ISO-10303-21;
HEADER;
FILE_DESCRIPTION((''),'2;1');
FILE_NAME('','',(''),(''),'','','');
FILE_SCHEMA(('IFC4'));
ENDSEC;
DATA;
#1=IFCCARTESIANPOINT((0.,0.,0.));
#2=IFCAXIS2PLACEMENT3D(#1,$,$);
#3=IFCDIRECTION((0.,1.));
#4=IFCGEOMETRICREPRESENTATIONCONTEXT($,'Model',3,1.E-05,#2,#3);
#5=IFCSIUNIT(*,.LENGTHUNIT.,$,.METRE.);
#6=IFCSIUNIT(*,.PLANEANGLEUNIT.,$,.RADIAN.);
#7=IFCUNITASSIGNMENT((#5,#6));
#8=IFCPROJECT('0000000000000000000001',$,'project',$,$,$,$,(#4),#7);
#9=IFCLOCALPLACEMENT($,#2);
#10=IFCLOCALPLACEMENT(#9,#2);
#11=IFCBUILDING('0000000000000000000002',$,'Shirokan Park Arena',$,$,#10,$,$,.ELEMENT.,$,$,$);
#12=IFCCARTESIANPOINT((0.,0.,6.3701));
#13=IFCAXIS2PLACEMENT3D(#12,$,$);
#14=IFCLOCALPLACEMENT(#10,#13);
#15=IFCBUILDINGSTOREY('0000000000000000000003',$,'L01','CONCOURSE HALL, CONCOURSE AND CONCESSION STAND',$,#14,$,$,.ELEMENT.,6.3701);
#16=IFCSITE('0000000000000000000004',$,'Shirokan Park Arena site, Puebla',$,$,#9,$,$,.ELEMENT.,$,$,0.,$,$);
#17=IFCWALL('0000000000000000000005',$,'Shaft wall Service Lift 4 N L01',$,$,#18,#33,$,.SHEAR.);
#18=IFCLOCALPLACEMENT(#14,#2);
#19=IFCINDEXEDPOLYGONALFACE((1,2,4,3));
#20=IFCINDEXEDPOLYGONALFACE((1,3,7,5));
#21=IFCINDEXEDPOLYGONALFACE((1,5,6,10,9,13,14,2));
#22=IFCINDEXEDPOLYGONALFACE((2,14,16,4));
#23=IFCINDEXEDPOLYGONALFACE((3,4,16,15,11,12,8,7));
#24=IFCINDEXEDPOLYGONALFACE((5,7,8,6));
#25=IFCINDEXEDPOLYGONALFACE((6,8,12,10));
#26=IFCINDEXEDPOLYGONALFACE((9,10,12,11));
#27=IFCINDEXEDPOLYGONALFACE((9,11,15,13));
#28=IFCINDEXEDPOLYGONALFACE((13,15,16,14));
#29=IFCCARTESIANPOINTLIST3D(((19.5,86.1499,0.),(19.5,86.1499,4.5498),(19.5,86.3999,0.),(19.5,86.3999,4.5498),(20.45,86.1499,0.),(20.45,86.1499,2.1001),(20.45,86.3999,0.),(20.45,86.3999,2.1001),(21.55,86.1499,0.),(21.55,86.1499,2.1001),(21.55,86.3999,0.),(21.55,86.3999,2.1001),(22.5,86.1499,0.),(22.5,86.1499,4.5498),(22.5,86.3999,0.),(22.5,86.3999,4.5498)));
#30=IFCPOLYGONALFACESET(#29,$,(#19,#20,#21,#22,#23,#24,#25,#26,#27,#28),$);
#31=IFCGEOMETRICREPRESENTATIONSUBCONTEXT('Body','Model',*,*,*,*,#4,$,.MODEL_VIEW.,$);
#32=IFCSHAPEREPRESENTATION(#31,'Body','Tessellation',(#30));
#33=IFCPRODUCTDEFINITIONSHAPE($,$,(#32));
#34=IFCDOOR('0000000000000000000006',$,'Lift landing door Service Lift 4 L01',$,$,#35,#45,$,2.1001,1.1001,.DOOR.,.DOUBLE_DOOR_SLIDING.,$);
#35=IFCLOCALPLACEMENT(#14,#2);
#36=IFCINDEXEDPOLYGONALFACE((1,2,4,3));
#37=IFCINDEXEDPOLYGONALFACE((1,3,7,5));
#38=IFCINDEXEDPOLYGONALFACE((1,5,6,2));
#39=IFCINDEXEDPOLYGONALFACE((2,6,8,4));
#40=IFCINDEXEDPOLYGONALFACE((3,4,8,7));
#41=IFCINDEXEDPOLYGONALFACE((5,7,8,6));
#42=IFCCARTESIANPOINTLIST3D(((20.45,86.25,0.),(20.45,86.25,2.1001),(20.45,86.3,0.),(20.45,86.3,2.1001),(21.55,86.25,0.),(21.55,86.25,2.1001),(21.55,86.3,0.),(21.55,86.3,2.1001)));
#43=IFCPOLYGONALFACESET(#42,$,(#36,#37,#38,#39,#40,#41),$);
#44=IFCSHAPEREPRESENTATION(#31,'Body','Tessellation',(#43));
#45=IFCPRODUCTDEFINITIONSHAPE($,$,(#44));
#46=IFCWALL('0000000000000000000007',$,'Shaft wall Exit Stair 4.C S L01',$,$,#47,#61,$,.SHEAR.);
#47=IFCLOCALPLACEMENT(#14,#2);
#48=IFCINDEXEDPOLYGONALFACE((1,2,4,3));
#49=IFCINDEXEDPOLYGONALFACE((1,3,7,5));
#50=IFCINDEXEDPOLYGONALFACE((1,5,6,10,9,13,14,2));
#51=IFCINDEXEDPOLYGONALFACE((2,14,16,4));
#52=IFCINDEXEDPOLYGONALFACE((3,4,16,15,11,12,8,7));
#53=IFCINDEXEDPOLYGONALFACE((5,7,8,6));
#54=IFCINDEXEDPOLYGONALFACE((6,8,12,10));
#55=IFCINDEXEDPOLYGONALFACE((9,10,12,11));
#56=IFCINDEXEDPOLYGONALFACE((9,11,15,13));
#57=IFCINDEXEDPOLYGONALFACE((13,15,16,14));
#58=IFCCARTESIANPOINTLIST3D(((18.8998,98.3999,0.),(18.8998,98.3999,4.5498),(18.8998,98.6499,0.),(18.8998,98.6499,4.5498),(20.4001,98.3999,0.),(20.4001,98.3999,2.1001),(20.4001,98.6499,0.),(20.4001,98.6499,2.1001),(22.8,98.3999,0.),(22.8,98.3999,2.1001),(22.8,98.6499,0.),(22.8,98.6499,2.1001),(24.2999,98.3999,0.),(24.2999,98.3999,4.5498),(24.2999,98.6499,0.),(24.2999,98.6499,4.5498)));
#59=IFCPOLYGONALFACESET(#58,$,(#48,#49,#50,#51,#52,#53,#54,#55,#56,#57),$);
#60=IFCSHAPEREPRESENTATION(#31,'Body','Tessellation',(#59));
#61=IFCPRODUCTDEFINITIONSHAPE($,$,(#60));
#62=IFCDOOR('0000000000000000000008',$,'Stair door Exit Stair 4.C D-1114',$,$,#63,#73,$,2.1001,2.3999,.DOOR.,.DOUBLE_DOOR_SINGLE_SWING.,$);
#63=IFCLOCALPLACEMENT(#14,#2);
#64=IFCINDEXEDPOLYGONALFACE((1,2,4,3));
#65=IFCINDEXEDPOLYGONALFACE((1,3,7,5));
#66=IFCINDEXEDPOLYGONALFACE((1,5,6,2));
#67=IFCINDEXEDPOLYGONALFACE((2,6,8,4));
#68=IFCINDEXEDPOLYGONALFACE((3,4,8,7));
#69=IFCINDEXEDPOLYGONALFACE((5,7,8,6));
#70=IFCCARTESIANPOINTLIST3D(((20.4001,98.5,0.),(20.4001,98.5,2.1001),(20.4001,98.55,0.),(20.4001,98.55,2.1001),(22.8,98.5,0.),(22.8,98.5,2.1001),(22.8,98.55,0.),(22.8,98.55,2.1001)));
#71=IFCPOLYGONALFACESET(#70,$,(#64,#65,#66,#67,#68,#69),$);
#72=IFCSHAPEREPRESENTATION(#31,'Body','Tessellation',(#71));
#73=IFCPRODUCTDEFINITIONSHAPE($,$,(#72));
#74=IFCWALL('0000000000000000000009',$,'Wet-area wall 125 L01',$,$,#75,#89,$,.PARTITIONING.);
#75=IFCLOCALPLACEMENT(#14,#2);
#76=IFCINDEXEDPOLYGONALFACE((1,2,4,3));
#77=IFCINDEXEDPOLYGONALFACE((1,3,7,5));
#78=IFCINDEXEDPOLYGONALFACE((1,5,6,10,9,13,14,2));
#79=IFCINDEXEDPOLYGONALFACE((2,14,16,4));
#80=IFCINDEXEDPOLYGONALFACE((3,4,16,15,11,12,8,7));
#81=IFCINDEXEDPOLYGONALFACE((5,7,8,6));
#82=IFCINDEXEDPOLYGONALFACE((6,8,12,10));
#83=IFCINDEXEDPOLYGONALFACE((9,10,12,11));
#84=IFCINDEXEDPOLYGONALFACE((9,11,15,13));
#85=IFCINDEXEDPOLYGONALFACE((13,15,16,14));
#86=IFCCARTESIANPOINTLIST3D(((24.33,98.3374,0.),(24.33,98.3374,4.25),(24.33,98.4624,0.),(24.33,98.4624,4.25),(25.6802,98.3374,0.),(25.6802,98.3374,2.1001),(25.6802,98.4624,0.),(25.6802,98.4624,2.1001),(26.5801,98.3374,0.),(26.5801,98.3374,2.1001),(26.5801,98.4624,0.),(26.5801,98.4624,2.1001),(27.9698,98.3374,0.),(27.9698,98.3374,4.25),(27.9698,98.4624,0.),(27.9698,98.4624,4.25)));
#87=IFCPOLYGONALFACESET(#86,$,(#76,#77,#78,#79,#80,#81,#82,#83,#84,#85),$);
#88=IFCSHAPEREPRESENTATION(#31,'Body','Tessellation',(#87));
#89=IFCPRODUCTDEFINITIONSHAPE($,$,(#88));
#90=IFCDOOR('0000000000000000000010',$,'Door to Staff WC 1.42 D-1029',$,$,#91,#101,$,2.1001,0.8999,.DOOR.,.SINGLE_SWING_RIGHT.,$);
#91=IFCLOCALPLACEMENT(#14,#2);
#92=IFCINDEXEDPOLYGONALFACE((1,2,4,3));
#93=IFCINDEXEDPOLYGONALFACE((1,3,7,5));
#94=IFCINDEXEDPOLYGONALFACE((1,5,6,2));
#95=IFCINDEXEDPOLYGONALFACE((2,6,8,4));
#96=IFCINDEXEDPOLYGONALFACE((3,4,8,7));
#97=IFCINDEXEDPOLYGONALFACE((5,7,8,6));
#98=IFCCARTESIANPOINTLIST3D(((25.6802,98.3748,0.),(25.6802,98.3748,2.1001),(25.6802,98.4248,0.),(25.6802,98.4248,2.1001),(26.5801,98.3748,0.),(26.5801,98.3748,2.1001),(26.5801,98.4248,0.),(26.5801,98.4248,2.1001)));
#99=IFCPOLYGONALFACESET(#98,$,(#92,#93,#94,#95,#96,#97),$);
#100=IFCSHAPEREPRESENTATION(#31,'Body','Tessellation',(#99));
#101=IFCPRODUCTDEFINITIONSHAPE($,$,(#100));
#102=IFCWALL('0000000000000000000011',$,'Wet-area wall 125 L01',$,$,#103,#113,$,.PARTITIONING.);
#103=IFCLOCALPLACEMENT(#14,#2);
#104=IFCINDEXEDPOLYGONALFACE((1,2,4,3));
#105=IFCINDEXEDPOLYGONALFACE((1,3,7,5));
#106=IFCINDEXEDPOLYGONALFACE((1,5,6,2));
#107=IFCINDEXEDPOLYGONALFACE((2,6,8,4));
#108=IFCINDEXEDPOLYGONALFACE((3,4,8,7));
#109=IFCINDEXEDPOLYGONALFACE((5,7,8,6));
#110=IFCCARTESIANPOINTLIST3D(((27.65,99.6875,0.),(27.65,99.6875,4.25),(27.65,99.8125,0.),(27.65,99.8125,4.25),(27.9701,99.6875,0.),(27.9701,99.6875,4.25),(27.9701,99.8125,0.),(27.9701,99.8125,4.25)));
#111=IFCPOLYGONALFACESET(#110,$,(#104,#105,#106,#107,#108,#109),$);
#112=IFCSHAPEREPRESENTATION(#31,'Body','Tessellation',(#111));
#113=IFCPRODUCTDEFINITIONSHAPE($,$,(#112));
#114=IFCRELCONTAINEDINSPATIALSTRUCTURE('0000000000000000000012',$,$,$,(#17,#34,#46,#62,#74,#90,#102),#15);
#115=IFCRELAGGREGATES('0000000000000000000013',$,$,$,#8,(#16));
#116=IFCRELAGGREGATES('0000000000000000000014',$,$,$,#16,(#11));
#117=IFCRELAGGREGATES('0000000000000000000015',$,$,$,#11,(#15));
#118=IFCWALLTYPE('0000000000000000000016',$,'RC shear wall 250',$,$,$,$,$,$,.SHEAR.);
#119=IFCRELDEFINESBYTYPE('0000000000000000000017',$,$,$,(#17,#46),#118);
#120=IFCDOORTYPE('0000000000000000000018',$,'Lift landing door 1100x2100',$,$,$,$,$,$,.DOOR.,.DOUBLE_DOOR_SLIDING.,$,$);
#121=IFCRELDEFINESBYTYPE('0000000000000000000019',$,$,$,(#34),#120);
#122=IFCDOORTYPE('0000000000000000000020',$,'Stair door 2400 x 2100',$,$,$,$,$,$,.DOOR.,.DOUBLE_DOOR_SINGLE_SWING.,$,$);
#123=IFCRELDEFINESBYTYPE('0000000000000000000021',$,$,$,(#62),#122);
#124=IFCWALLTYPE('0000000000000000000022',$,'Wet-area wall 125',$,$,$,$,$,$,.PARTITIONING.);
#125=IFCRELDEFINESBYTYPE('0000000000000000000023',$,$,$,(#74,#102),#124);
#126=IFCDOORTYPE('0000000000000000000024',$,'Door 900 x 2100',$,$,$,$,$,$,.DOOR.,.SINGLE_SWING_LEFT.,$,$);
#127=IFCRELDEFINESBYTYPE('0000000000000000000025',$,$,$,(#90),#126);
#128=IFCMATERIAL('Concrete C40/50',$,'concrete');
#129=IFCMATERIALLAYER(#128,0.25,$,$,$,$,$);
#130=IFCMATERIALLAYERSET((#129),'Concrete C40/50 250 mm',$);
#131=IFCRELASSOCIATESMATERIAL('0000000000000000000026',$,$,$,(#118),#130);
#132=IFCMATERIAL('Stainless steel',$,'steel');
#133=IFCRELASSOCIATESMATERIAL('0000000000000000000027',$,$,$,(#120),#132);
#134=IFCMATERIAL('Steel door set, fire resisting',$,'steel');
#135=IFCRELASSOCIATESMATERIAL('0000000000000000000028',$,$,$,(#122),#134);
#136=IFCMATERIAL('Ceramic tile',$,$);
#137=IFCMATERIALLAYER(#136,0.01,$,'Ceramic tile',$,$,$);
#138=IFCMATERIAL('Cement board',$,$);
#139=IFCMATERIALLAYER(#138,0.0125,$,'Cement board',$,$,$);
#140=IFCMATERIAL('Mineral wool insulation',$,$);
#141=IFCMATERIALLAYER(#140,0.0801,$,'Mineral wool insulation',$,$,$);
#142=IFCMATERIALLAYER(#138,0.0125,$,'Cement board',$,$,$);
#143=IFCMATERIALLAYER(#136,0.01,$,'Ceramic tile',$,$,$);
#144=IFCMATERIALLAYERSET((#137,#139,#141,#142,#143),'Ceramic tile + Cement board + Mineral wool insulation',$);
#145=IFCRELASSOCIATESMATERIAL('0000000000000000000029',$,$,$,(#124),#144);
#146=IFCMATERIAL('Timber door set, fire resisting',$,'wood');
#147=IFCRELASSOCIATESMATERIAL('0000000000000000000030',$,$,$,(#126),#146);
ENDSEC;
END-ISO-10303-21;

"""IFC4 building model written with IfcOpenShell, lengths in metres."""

from ifc_helpers import new_model, si_unit, direction, frame, frame_2d, origin, place, context, subcontext, project, spatial, rectangle, extrude, material, layer, layer_set, type_object, element, fill, save


model = new_model("IFC4")

# Units and contexts
model_context = context("Model", 3, precision=1e-05, world=origin(), true_north=direction((0.0, 1.0)))
body_context = subcontext(model_context, "Body", "Model", "MODEL_VIEW")
ifc_project = project(units=[si_unit("LENGTHUNIT", "METRE"), si_unit("PLANEANGLEUNIT", "RADIAN")], contexts=[model_context])

# Site, building, storey
site_placement = place(None, origin())
site = spatial("IfcSite", under=ifc_project, at=site_placement, Name="Shirokan Park Arena site, Puebla", CompositionType="ELEMENT", RefElevation=0.0)
building_placement = place(site_placement, origin())
building = spatial("IfcBuilding", under=site, at=building_placement, Name="Shirokan Park Arena", CompositionType="ELEMENT")
storey_placement = place(building_placement, frame((0.0, 0.0, 6.3701)))
storey = spatial("IfcBuildingStorey", under=building, at=storey_placement, Name="L01", Description="CONCOURSE HALL, CONCOURSE AND CONCESSION STAND", CompositionType="ELEMENT", Elevation=6.3701)

# Shared definitions
ifc_material_1 = material(Name="Mineral wool insulation")

# Walls, openings, doors
ifc_material_2 = material(Name="Concrete C40/50", Category="concrete")
ifc_layer_1 = layer(ifc_material_2, 0.25)
ifc_layer_set_1 = layer_set([ifc_layer_1], Name="Concrete C40/50 250 mm")
wall_type_1 = type_object("IfcWallType", Name="RC shear wall 250", PredefinedType="SHEAR", material=ifc_layer_set_1)
wall_1_placement = place(storey_placement, frame((22.5, 86.2749, 0.0), z_axis=(0.0, 0.0, 1.0), x_axis=(-1.0, 0.0, 0.0)))
wall_1 = element("IfcWall", 1, at=wall_1_placement, inside=storey, type_object=wall_type_1, Name="Shaft wall Service Lift 4 N L01", PredefinedType="SHEAR", context=body_context, shape_type="SweptSolid", body=[
    extrude(rectangle(XDim=3.0, YDim=0.25, at=frame_2d((1.5, 0.0))), origin(), (0.0, 0.0, 1.0), 4.5498),
])
opening_1_placement = place(wall_1_placement, frame((0.95, 0.0, 0.0)))
opening_1 = element("IfcOpeningElement", 2, at=opening_1_placement, cuts=wall_1, PredefinedType="OPENING", context=body_context, shape_type="SweptSolid", body=[
    extrude(rectangle(XDim=1.1001, YDim=2.1001, at=frame_2d((0.55, 1.05))), frame((0.0, 0.135, 0.0), z_axis=(0.0, -1.0, 0.0), x_axis=(1.0, 0.0, 0.0)), (0.0, 0.0, 1.0), 0.27),
])
ifc_material_3 = material(Name="Stainless steel", Category="steel")
door_type_1 = type_object("IfcDoorType", Name="Lift landing door 1100x2100", OperationType="DOUBLE_DOOR_SLIDING", PredefinedType="DOOR", material=ifc_material_3)
door_1_placement = place(opening_1_placement, origin())
door_1 = element("IfcDoor", 3, at=door_1_placement, inside=storey, type_object=door_type_1, Name="Lift landing door Service Lift 4 L01", OperationType="DOUBLE_DOOR_SLIDING", OverallHeight=2.1001, OverallWidth=1.1001, PredefinedType="DOOR", context=body_context, shape_type="SweptSolid", body=[
    extrude(rectangle(XDim=1.1001, YDim=2.1001, at=frame_2d((0.55, 1.05))), frame((0.0, 0.0249, 0.0), z_axis=(0.0, -1.0, 0.0), x_axis=(1.0, 0.0, 0.0)), (0.0, 0.0, 1.0), 0.05),
])
fill(opening_1, door_1)
wall_2_placement = place(storey_placement, frame((24.3, 98.5249, 0.0), z_axis=(0.0, 0.0, 1.0), x_axis=(-1.0, 0.0, 0.0)))
wall_2 = element("IfcWall", 4, at=wall_2_placement, inside=storey, type_object=wall_type_1, Name="Shaft wall Exit Stair 4.C S L01", PredefinedType="SHEAR", context=body_context, shape_type="SweptSolid", body=[
    extrude(rectangle(XDim=5.4001, YDim=0.25, at=frame_2d((2.7002, 0.0))), origin(), (0.0, 0.0, 1.0), 4.5498),
])
opening_2_placement = place(wall_2_placement, frame((1.5, 0.0, 0.0)))
opening_2 = element("IfcOpeningElement", 5, at=opening_2_placement, cuts=wall_2, PredefinedType="OPENING", context=body_context, shape_type="SweptSolid", body=[
    extrude(rectangle(XDim=2.3999, YDim=2.1001, at=frame_2d((1.2, 1.05))), frame((0.0, 0.135, 0.0), z_axis=(0.0, -1.0, 0.0), x_axis=(1.0, 0.0, 0.0)), (0.0, 0.0, 1.0), 0.27),
])
ifc_material_4 = material(Name="Steel door set, fire resisting", Category="steel")
door_type_2 = type_object("IfcDoorType", Name="Stair door 2400 x 2100", OperationType="DOUBLE_DOOR_SINGLE_SWING", PredefinedType="DOOR", material=ifc_material_4)
door_2_placement = place(opening_2_placement, origin())
door_2 = element("IfcDoor", 6, at=door_2_placement, inside=storey, type_object=door_type_2, Name="Stair door Exit Stair 4.C D-1114", OperationType="DOUBLE_DOOR_SINGLE_SWING", OverallHeight=2.1001, OverallWidth=2.3999, PredefinedType="DOOR", context=body_context, shape_type="SweptSolid", body=[
    extrude(rectangle(XDim=2.3999, YDim=2.1001, at=frame_2d((1.2, 1.05))), frame((0.0, 0.0249, 0.0), z_axis=(0.0, -1.0, 0.0), x_axis=(1.0, 0.0, 0.0)), (0.0, 0.0, 1.0), 0.05),
])
fill(opening_2, door_2)
ifc_material_5 = material(Name="Ceramic tile")
ifc_layer_2 = layer(ifc_material_5, 0.01, Name="Ceramic tile")
ifc_material_6 = material(Name="Cement board")
ifc_layer_3 = layer(ifc_material_6, 0.0125, Name="Cement board")
ifc_layer_4 = layer(ifc_material_1, 0.0801, Name="Mineral wool insulation")
ifc_layer_5 = layer(ifc_material_6, 0.0125, Name="Cement board")
ifc_layer_6 = layer(ifc_material_5, 0.01, Name="Ceramic tile")
ifc_layer_set_2 = layer_set([ifc_layer_2, ifc_layer_3, ifc_layer_4, ifc_layer_5, ifc_layer_6], Name="Ceramic tile + Cement board + Mineral wool insulation")
wall_type_2 = type_object("IfcWallType", Name="Wet-area wall 125", PredefinedType="PARTITIONING", material=ifc_layer_set_2)
wall_3_placement = place(storey_placement, frame((24.3301, 98.3999, 0.0), z_axis=(0.0, 0.0, 1.0), x_axis=(1.0, 0.0, 0.0)))
wall_3 = element("IfcWall", 7, at=wall_3_placement, inside=storey, type_object=wall_type_2, Name="Wet-area wall 125 L01", PredefinedType="PARTITIONING", context=body_context, shape_type="SweptSolid", body=[
    extrude(rectangle(XDim=3.6399, YDim=0.125, at=frame_2d((1.8198, 0.0))), origin(), (0.0, 0.0, 1.0), 4.25),
])
opening_3_placement = place(wall_3_placement, frame((1.3501, 0.0, 0.0)))
opening_3 = element("IfcOpeningElement", 8, at=opening_3_placement, cuts=wall_3, PredefinedType="OPENING", context=body_context, shape_type="SweptSolid", body=[
    extrude(rectangle(XDim=0.8999, YDim=2.1001, at=frame_2d((0.45, 1.05))), frame((0.0, 0.0725, 0.0), z_axis=(0.0, -1.0, 0.0), x_axis=(1.0, 0.0, 0.0)), (0.0, 0.0, 1.0), 0.145),
])
ifc_material_7 = material(Name="Timber door set, fire resisting", Category="wood")
door_type_3 = type_object("IfcDoorType", Name="Door 900 x 2100", OperationType="SINGLE_SWING_LEFT", PredefinedType="DOOR", material=ifc_material_7)
door_3_placement = place(opening_3_placement, origin())
door_3 = element("IfcDoor", 9, at=door_3_placement, inside=storey, type_object=door_type_3, Name="Door to Staff WC 1.42 D-1029", OperationType="SINGLE_SWING_RIGHT", OverallHeight=2.1001, OverallWidth=0.8999, PredefinedType="DOOR", context=body_context, shape_type="SweptSolid", body=[
    extrude(rectangle(XDim=0.8999, YDim=2.1001, at=frame_2d((0.45, 1.05))), frame((0.0, 0.0249, 0.0), z_axis=(0.0, -1.0, 0.0), x_axis=(1.0, 0.0, 0.0)), (0.0, 0.0, 1.0), 0.05),
])
fill(opening_3, door_3)

# Wall
wall_4_placement = place(storey_placement, frame((27.6499, 99.75, 0.0), z_axis=(0.0, 0.0, 1.0), x_axis=(1.0, 0.0, 0.0)))
element("IfcWall", 10, at=wall_4_placement, inside=storey, type_object=wall_type_2, Name="Wet-area wall 125 L01", PredefinedType="PARTITIONING", context=body_context, shape_type="SweptSolid", body=[
    extrude(rectangle(XDim=0.3201, YDim=0.125, at=frame_2d((0.1602, 0.0))), origin(), (0.0, 0.0, 1.0), 4.25),
])

save(model, "model.ifc")
